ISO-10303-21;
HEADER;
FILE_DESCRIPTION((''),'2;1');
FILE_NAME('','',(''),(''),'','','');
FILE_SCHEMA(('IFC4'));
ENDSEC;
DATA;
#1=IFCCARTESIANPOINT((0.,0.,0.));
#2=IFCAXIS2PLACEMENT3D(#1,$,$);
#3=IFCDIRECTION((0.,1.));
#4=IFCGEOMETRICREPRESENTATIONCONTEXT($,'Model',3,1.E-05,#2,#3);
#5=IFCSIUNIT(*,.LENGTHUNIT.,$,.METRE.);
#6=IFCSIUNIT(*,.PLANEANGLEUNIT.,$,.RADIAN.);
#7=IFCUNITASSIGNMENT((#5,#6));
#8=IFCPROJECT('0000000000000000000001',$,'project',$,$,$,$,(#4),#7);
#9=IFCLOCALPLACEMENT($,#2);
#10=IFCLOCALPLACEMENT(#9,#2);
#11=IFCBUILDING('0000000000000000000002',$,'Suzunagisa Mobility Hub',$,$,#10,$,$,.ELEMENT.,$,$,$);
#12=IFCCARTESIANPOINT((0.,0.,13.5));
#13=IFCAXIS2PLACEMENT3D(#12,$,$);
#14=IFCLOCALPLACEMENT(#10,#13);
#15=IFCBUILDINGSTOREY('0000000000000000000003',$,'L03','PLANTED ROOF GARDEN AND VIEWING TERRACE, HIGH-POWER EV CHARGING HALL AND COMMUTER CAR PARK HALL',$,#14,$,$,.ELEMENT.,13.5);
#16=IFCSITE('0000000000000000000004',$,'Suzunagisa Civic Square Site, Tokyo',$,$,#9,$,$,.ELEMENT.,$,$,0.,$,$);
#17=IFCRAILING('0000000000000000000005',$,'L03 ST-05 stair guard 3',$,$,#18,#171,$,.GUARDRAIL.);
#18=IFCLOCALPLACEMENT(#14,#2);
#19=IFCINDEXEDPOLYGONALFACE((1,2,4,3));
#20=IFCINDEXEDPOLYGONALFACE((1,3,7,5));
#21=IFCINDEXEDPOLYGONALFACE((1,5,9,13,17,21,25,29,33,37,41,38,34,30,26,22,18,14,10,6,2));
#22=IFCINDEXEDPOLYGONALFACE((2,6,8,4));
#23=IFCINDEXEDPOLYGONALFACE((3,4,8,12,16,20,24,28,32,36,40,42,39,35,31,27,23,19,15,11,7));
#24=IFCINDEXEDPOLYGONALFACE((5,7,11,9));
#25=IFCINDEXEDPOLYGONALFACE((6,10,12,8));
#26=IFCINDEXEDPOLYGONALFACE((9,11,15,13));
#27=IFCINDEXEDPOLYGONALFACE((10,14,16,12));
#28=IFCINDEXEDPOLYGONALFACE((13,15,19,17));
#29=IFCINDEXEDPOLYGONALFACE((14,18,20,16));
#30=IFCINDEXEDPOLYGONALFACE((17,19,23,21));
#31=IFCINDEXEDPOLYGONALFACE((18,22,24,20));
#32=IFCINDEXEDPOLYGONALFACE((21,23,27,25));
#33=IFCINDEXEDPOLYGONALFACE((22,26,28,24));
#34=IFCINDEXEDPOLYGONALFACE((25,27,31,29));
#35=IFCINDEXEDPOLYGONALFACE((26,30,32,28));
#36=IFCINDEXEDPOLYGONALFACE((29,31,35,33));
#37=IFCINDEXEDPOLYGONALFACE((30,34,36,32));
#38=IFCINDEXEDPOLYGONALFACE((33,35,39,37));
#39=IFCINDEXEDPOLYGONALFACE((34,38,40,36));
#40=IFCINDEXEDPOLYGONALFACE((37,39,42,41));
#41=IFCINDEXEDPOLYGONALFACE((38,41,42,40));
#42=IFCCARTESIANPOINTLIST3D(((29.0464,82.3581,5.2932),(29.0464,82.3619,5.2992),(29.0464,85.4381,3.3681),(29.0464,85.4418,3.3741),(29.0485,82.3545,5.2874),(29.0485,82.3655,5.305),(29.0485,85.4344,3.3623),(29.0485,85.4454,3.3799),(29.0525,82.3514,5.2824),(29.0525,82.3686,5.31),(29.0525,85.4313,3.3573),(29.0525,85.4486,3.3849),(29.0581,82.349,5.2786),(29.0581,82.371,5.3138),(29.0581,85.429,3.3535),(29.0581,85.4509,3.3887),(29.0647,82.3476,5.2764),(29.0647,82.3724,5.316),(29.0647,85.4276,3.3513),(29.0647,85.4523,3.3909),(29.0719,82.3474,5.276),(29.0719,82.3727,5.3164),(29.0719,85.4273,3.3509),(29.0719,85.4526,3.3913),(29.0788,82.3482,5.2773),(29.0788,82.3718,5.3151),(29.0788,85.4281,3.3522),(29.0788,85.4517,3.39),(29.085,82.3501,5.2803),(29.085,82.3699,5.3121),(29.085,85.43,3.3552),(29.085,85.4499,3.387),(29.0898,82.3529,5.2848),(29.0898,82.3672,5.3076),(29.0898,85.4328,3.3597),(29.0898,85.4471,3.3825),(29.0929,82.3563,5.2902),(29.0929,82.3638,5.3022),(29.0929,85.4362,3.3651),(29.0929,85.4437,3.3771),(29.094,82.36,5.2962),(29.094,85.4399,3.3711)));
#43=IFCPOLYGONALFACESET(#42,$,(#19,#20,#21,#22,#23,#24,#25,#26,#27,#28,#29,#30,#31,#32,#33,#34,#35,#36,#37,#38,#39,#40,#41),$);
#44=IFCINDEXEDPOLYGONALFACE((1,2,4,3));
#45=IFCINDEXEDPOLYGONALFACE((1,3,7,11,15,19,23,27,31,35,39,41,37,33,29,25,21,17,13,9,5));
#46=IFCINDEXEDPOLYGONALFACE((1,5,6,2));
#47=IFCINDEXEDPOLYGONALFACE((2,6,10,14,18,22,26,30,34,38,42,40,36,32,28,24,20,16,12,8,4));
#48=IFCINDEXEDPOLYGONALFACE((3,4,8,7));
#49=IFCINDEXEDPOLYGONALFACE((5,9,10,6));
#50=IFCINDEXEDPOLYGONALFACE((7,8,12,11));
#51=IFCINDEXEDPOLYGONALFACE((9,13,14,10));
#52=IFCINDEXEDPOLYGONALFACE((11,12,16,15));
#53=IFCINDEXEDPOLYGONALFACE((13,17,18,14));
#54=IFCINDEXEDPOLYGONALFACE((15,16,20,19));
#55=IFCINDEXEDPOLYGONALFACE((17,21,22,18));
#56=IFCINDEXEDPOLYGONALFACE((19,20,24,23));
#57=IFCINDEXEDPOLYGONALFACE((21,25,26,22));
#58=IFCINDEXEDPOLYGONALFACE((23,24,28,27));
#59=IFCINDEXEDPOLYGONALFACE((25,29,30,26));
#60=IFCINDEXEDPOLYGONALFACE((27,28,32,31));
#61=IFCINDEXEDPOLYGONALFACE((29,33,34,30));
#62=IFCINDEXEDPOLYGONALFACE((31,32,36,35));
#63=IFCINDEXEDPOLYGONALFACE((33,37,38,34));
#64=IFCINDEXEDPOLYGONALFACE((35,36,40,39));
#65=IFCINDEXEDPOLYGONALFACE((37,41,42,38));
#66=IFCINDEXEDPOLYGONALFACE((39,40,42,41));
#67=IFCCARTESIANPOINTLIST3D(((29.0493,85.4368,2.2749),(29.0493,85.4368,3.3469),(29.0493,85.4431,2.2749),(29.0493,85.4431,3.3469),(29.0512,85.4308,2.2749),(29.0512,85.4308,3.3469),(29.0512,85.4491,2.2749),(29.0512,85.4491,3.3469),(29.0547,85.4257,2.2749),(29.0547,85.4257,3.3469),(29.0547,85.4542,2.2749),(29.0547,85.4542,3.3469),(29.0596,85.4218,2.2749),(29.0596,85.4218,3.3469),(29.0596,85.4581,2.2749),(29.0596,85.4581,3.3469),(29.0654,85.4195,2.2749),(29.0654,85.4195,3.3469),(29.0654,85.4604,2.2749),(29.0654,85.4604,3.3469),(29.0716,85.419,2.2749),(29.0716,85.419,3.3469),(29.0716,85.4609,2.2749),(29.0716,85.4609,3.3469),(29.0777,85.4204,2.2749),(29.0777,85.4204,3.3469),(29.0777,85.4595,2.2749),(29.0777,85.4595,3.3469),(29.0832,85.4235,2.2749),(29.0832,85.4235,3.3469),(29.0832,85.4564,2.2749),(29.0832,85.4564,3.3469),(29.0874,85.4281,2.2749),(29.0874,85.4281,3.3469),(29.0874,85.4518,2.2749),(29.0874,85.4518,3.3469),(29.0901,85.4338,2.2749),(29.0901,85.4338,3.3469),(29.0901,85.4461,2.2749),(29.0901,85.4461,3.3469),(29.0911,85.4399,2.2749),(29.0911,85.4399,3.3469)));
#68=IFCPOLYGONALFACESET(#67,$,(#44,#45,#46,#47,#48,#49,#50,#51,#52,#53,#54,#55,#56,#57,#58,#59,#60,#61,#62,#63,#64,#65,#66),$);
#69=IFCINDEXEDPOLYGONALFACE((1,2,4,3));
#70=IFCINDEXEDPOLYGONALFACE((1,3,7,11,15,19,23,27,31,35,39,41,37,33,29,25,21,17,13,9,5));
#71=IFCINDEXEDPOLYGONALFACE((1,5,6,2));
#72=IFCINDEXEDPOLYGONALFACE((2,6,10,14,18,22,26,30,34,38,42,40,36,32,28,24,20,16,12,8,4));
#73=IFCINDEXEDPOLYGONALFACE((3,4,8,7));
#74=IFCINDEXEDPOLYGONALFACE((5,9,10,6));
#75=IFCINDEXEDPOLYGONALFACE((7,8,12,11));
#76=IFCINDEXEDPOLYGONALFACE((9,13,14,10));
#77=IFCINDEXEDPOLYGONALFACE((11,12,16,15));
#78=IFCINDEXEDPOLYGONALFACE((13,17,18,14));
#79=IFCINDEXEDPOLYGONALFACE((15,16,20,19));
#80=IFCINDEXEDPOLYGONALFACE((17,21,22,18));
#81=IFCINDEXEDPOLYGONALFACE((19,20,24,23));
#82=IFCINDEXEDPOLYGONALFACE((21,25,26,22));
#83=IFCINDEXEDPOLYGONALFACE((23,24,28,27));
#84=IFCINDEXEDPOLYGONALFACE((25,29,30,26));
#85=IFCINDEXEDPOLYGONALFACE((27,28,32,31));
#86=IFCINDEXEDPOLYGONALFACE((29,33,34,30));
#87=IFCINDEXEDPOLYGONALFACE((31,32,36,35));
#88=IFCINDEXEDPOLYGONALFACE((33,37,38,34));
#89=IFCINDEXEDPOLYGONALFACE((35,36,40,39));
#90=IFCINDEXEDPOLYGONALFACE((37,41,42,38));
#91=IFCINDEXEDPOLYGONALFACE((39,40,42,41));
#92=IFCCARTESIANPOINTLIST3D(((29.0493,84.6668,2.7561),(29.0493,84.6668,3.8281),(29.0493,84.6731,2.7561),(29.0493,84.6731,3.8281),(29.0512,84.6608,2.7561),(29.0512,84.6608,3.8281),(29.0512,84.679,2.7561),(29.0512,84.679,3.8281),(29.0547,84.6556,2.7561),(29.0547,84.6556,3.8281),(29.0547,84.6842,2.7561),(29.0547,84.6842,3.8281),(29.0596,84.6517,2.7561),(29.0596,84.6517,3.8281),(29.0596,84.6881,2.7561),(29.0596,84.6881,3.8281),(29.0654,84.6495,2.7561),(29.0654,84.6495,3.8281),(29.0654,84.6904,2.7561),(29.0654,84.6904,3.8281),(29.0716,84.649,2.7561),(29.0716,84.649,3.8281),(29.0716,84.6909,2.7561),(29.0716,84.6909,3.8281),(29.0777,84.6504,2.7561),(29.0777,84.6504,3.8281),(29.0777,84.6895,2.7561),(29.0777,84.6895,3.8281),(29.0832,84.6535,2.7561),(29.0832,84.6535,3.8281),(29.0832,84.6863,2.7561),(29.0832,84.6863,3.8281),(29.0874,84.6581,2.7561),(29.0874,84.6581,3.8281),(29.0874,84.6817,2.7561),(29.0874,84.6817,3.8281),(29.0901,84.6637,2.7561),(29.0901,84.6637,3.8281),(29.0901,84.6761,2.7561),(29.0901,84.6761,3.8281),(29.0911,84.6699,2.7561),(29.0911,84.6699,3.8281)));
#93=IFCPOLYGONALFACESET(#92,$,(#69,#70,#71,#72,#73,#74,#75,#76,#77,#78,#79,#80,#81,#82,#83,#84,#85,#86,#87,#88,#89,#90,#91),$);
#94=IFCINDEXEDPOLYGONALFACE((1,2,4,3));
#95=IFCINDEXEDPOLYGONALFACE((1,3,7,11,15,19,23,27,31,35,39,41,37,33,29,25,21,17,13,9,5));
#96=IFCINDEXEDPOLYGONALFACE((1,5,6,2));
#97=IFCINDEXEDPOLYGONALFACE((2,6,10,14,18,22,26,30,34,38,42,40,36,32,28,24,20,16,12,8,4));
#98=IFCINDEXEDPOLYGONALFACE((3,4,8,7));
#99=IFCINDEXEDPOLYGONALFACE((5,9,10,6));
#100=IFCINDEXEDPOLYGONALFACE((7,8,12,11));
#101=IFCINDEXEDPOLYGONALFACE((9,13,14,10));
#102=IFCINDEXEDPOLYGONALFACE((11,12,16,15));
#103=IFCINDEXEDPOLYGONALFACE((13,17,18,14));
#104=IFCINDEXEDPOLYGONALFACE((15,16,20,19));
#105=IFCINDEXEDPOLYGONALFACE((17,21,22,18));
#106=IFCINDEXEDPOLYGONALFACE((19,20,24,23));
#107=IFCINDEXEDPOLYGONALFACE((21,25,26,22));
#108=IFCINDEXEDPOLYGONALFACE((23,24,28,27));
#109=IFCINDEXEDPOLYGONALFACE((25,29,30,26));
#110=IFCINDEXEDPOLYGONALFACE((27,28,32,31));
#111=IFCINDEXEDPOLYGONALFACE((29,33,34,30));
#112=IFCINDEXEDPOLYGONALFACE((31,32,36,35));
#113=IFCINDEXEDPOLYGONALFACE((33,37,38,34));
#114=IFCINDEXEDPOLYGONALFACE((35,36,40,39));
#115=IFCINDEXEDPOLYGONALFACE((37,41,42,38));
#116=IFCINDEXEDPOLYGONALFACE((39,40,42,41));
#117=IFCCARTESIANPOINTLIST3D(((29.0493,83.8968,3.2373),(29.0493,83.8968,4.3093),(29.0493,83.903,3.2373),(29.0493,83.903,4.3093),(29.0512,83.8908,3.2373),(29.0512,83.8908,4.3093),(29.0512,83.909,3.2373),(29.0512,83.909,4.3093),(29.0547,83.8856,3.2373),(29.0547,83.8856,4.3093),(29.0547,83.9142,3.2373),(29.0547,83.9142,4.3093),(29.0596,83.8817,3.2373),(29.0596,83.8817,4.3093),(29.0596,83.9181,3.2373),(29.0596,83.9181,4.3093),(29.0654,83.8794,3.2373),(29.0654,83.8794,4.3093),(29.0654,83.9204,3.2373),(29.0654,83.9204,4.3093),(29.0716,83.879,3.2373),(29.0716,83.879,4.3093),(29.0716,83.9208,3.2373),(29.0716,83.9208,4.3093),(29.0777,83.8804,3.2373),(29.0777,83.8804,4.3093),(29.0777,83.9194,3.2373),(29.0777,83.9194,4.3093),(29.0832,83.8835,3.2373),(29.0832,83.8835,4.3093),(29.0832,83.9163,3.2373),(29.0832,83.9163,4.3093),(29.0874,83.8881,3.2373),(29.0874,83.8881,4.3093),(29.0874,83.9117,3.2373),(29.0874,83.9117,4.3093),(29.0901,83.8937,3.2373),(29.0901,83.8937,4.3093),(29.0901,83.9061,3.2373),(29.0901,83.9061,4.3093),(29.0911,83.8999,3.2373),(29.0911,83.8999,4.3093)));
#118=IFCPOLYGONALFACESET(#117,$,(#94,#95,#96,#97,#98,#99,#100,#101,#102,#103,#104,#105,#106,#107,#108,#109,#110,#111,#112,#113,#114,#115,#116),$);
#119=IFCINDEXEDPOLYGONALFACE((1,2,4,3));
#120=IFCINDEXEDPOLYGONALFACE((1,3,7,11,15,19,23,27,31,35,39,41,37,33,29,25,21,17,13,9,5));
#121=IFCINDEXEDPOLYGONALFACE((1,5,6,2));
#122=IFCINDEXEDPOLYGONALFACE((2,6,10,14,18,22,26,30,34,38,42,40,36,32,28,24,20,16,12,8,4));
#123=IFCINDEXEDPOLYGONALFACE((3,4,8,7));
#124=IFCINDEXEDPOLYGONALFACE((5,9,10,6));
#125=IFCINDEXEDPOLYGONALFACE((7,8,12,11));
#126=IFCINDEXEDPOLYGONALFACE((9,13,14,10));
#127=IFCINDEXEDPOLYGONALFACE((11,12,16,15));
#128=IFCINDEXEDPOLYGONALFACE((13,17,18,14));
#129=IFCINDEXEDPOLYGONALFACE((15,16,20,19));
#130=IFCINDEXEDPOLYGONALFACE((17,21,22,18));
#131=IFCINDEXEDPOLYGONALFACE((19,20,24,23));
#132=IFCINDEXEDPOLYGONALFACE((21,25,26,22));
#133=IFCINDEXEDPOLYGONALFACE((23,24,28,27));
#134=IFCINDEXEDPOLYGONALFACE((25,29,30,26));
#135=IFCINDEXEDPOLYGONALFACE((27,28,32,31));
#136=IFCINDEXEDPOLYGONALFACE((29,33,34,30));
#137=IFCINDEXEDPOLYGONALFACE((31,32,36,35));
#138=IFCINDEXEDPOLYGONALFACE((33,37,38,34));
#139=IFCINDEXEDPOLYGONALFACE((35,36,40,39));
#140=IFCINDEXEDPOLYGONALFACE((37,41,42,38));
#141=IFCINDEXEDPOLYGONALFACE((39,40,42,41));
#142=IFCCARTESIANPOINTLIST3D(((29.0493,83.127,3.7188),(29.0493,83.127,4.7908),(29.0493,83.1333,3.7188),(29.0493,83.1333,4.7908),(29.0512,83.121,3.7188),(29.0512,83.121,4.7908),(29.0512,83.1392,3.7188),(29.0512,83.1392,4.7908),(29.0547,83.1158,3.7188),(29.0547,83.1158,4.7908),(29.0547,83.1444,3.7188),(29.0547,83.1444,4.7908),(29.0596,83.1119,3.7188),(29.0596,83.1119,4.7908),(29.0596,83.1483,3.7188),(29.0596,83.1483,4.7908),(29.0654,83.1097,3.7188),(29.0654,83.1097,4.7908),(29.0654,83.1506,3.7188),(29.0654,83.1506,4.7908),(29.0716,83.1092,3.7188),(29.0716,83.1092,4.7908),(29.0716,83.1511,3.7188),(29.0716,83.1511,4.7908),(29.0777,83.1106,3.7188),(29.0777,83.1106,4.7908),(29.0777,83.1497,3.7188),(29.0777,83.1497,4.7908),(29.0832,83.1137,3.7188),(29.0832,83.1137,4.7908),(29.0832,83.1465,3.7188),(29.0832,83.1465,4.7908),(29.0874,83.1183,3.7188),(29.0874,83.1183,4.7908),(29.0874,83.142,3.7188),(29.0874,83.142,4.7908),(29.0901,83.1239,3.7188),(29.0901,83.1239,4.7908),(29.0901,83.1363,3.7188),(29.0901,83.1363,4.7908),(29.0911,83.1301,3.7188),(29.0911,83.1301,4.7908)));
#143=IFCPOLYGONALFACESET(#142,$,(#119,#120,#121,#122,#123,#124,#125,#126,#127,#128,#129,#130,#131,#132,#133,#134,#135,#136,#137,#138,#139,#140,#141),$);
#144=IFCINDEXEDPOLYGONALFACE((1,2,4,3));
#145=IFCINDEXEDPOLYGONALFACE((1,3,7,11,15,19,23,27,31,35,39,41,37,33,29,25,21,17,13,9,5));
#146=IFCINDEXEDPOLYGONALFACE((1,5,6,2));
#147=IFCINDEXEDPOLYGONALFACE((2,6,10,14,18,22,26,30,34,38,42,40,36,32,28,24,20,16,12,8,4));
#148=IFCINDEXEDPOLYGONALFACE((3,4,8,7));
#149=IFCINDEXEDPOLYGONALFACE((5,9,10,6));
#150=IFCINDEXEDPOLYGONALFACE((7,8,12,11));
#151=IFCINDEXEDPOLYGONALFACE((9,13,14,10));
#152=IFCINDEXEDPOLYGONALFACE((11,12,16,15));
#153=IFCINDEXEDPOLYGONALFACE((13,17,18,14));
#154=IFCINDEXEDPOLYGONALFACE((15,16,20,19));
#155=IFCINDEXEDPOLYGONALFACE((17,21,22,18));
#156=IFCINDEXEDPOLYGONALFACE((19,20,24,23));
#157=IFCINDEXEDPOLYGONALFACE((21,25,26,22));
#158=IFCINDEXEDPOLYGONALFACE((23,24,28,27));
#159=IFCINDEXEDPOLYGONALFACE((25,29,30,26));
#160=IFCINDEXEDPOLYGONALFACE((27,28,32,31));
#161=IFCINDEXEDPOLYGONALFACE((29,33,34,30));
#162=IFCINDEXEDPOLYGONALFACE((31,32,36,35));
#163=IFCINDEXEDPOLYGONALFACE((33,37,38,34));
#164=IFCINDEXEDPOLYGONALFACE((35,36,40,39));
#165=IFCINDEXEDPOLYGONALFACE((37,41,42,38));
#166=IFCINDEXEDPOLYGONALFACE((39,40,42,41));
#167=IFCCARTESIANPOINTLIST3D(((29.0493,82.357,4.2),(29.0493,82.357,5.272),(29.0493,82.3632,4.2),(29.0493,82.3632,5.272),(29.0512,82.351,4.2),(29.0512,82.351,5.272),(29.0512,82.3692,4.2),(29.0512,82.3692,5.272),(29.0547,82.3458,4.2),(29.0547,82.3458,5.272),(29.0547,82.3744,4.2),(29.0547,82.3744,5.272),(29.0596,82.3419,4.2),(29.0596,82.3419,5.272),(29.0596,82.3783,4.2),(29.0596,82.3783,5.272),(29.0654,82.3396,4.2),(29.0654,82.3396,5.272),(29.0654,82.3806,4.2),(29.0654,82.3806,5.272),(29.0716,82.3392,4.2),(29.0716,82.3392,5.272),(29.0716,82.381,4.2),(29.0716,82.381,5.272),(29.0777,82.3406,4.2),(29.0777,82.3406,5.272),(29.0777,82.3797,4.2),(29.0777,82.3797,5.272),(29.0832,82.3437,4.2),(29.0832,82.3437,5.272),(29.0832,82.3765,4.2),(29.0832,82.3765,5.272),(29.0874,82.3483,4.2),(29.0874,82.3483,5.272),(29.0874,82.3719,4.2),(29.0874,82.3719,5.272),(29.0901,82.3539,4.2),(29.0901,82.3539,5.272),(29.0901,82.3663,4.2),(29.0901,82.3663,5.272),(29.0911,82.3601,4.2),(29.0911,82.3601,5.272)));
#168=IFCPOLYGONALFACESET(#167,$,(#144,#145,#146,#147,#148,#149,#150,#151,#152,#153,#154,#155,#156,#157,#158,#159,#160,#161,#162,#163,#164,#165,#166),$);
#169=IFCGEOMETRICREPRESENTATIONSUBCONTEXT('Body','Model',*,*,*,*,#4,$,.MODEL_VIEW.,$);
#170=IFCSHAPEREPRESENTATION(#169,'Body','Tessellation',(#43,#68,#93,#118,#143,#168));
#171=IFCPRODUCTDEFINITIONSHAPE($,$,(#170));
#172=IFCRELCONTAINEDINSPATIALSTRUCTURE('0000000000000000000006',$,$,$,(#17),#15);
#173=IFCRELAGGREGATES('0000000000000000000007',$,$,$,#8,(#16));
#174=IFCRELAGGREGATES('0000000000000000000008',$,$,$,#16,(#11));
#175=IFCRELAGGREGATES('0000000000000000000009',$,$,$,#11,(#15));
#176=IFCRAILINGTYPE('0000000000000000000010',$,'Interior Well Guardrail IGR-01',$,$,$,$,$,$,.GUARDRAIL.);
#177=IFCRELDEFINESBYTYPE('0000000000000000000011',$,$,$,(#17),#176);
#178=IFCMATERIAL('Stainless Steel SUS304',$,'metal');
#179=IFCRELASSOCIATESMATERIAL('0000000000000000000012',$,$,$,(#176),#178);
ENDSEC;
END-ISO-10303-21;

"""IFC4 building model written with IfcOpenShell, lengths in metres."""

from ifc_helpers import new_model, si_unit, direction, frame, origin, origin_2d, place, context, subcontext, project, spatial, circle, extrude, material, type_object, element, save


model = new_model("IFC4")

# Units and contexts
model_context = context("Model", 3, precision=1e-05, world=origin(), true_north=direction((0.0, 1.0)))
body_context = subcontext(model_context, "Body", "Model", "MODEL_VIEW")
ifc_project = project(units=[si_unit("LENGTHUNIT", "METRE"), si_unit("PLANEANGLEUNIT", "RADIAN")], contexts=[model_context])

# Site, building, storey
site_placement = place(None, origin())
site = spatial("IfcSite", under=ifc_project, at=site_placement, Name="Suzunagisa Civic Square Site, Tokyo", CompositionType="ELEMENT", RefElevation=0.0)
building_placement = place(site_placement, origin())
building = spatial("IfcBuilding", under=site, at=building_placement, Name="Suzunagisa Mobility Hub", CompositionType="ELEMENT")
storey_placement = place(building_placement, frame((0.0, 0.0, 13.5)))
storey = spatial("IfcBuildingStorey", under=building, at=storey_placement, Name="L03", Description="PLANTED ROOF GARDEN AND VIEWING TERRACE, HIGH-POWER EV CHARGING HALL AND COMMUTER CAR PARK HALL", CompositionType="ELEMENT", Elevation=13.5)

# Railing
ifc_material_1 = material(Name="Stainless Steel SUS304", Category="metal")
railing_type_1 = type_object("IfcRailingType", Name="Interior Well Guardrail IGR-01", PredefinedType="GUARDRAIL", material=ifc_material_1)
railing_1_placement = place(storey_placement, frame((29.0701, 85.4399, 2.2749)))
element("IfcRailing", 1, at=railing_1_placement, inside=storey, type_object=railing_type_1, Name="L03 ST-05 stair guard 3", PredefinedType="GUARDRAIL", context=body_context, shape_type="SweptSolid", body=[
    extrude(circle(Radius=0.0239, at=origin_2d()), frame((0.0, 0.0, 1.0962), z_axis=(0.0, -0.847979, 0.530029), x_axis=(1.0, 0.0, 0.0)), (0.0, 0.0, 1.0), 3.6321),
    extrude(circle(Radius=0.021, at=origin_2d()), origin(), (0.0, 0.0, 1.0), 1.072),
    extrude(circle(Radius=0.021, at=origin_2d()), frame((0.0, -0.77, 0.4812)), (0.0, 0.0, 1.0), 1.072),
    extrude(circle(Radius=0.021, at=origin_2d()), frame((0.0, -1.54, 0.9624)), (0.0, 0.0, 1.0), 1.072),
    extrude(circle(Radius=0.021, at=origin_2d()), frame((0.0, -2.3098, 1.4438)), (0.0, 0.0, 1.0), 1.072),
    extrude(circle(Radius=0.021, at=origin_2d()), frame((0.0, -3.0798, 1.925)), (0.0, 0.0, 1.0), 1.072),
])

save(model, "model.ifc")
